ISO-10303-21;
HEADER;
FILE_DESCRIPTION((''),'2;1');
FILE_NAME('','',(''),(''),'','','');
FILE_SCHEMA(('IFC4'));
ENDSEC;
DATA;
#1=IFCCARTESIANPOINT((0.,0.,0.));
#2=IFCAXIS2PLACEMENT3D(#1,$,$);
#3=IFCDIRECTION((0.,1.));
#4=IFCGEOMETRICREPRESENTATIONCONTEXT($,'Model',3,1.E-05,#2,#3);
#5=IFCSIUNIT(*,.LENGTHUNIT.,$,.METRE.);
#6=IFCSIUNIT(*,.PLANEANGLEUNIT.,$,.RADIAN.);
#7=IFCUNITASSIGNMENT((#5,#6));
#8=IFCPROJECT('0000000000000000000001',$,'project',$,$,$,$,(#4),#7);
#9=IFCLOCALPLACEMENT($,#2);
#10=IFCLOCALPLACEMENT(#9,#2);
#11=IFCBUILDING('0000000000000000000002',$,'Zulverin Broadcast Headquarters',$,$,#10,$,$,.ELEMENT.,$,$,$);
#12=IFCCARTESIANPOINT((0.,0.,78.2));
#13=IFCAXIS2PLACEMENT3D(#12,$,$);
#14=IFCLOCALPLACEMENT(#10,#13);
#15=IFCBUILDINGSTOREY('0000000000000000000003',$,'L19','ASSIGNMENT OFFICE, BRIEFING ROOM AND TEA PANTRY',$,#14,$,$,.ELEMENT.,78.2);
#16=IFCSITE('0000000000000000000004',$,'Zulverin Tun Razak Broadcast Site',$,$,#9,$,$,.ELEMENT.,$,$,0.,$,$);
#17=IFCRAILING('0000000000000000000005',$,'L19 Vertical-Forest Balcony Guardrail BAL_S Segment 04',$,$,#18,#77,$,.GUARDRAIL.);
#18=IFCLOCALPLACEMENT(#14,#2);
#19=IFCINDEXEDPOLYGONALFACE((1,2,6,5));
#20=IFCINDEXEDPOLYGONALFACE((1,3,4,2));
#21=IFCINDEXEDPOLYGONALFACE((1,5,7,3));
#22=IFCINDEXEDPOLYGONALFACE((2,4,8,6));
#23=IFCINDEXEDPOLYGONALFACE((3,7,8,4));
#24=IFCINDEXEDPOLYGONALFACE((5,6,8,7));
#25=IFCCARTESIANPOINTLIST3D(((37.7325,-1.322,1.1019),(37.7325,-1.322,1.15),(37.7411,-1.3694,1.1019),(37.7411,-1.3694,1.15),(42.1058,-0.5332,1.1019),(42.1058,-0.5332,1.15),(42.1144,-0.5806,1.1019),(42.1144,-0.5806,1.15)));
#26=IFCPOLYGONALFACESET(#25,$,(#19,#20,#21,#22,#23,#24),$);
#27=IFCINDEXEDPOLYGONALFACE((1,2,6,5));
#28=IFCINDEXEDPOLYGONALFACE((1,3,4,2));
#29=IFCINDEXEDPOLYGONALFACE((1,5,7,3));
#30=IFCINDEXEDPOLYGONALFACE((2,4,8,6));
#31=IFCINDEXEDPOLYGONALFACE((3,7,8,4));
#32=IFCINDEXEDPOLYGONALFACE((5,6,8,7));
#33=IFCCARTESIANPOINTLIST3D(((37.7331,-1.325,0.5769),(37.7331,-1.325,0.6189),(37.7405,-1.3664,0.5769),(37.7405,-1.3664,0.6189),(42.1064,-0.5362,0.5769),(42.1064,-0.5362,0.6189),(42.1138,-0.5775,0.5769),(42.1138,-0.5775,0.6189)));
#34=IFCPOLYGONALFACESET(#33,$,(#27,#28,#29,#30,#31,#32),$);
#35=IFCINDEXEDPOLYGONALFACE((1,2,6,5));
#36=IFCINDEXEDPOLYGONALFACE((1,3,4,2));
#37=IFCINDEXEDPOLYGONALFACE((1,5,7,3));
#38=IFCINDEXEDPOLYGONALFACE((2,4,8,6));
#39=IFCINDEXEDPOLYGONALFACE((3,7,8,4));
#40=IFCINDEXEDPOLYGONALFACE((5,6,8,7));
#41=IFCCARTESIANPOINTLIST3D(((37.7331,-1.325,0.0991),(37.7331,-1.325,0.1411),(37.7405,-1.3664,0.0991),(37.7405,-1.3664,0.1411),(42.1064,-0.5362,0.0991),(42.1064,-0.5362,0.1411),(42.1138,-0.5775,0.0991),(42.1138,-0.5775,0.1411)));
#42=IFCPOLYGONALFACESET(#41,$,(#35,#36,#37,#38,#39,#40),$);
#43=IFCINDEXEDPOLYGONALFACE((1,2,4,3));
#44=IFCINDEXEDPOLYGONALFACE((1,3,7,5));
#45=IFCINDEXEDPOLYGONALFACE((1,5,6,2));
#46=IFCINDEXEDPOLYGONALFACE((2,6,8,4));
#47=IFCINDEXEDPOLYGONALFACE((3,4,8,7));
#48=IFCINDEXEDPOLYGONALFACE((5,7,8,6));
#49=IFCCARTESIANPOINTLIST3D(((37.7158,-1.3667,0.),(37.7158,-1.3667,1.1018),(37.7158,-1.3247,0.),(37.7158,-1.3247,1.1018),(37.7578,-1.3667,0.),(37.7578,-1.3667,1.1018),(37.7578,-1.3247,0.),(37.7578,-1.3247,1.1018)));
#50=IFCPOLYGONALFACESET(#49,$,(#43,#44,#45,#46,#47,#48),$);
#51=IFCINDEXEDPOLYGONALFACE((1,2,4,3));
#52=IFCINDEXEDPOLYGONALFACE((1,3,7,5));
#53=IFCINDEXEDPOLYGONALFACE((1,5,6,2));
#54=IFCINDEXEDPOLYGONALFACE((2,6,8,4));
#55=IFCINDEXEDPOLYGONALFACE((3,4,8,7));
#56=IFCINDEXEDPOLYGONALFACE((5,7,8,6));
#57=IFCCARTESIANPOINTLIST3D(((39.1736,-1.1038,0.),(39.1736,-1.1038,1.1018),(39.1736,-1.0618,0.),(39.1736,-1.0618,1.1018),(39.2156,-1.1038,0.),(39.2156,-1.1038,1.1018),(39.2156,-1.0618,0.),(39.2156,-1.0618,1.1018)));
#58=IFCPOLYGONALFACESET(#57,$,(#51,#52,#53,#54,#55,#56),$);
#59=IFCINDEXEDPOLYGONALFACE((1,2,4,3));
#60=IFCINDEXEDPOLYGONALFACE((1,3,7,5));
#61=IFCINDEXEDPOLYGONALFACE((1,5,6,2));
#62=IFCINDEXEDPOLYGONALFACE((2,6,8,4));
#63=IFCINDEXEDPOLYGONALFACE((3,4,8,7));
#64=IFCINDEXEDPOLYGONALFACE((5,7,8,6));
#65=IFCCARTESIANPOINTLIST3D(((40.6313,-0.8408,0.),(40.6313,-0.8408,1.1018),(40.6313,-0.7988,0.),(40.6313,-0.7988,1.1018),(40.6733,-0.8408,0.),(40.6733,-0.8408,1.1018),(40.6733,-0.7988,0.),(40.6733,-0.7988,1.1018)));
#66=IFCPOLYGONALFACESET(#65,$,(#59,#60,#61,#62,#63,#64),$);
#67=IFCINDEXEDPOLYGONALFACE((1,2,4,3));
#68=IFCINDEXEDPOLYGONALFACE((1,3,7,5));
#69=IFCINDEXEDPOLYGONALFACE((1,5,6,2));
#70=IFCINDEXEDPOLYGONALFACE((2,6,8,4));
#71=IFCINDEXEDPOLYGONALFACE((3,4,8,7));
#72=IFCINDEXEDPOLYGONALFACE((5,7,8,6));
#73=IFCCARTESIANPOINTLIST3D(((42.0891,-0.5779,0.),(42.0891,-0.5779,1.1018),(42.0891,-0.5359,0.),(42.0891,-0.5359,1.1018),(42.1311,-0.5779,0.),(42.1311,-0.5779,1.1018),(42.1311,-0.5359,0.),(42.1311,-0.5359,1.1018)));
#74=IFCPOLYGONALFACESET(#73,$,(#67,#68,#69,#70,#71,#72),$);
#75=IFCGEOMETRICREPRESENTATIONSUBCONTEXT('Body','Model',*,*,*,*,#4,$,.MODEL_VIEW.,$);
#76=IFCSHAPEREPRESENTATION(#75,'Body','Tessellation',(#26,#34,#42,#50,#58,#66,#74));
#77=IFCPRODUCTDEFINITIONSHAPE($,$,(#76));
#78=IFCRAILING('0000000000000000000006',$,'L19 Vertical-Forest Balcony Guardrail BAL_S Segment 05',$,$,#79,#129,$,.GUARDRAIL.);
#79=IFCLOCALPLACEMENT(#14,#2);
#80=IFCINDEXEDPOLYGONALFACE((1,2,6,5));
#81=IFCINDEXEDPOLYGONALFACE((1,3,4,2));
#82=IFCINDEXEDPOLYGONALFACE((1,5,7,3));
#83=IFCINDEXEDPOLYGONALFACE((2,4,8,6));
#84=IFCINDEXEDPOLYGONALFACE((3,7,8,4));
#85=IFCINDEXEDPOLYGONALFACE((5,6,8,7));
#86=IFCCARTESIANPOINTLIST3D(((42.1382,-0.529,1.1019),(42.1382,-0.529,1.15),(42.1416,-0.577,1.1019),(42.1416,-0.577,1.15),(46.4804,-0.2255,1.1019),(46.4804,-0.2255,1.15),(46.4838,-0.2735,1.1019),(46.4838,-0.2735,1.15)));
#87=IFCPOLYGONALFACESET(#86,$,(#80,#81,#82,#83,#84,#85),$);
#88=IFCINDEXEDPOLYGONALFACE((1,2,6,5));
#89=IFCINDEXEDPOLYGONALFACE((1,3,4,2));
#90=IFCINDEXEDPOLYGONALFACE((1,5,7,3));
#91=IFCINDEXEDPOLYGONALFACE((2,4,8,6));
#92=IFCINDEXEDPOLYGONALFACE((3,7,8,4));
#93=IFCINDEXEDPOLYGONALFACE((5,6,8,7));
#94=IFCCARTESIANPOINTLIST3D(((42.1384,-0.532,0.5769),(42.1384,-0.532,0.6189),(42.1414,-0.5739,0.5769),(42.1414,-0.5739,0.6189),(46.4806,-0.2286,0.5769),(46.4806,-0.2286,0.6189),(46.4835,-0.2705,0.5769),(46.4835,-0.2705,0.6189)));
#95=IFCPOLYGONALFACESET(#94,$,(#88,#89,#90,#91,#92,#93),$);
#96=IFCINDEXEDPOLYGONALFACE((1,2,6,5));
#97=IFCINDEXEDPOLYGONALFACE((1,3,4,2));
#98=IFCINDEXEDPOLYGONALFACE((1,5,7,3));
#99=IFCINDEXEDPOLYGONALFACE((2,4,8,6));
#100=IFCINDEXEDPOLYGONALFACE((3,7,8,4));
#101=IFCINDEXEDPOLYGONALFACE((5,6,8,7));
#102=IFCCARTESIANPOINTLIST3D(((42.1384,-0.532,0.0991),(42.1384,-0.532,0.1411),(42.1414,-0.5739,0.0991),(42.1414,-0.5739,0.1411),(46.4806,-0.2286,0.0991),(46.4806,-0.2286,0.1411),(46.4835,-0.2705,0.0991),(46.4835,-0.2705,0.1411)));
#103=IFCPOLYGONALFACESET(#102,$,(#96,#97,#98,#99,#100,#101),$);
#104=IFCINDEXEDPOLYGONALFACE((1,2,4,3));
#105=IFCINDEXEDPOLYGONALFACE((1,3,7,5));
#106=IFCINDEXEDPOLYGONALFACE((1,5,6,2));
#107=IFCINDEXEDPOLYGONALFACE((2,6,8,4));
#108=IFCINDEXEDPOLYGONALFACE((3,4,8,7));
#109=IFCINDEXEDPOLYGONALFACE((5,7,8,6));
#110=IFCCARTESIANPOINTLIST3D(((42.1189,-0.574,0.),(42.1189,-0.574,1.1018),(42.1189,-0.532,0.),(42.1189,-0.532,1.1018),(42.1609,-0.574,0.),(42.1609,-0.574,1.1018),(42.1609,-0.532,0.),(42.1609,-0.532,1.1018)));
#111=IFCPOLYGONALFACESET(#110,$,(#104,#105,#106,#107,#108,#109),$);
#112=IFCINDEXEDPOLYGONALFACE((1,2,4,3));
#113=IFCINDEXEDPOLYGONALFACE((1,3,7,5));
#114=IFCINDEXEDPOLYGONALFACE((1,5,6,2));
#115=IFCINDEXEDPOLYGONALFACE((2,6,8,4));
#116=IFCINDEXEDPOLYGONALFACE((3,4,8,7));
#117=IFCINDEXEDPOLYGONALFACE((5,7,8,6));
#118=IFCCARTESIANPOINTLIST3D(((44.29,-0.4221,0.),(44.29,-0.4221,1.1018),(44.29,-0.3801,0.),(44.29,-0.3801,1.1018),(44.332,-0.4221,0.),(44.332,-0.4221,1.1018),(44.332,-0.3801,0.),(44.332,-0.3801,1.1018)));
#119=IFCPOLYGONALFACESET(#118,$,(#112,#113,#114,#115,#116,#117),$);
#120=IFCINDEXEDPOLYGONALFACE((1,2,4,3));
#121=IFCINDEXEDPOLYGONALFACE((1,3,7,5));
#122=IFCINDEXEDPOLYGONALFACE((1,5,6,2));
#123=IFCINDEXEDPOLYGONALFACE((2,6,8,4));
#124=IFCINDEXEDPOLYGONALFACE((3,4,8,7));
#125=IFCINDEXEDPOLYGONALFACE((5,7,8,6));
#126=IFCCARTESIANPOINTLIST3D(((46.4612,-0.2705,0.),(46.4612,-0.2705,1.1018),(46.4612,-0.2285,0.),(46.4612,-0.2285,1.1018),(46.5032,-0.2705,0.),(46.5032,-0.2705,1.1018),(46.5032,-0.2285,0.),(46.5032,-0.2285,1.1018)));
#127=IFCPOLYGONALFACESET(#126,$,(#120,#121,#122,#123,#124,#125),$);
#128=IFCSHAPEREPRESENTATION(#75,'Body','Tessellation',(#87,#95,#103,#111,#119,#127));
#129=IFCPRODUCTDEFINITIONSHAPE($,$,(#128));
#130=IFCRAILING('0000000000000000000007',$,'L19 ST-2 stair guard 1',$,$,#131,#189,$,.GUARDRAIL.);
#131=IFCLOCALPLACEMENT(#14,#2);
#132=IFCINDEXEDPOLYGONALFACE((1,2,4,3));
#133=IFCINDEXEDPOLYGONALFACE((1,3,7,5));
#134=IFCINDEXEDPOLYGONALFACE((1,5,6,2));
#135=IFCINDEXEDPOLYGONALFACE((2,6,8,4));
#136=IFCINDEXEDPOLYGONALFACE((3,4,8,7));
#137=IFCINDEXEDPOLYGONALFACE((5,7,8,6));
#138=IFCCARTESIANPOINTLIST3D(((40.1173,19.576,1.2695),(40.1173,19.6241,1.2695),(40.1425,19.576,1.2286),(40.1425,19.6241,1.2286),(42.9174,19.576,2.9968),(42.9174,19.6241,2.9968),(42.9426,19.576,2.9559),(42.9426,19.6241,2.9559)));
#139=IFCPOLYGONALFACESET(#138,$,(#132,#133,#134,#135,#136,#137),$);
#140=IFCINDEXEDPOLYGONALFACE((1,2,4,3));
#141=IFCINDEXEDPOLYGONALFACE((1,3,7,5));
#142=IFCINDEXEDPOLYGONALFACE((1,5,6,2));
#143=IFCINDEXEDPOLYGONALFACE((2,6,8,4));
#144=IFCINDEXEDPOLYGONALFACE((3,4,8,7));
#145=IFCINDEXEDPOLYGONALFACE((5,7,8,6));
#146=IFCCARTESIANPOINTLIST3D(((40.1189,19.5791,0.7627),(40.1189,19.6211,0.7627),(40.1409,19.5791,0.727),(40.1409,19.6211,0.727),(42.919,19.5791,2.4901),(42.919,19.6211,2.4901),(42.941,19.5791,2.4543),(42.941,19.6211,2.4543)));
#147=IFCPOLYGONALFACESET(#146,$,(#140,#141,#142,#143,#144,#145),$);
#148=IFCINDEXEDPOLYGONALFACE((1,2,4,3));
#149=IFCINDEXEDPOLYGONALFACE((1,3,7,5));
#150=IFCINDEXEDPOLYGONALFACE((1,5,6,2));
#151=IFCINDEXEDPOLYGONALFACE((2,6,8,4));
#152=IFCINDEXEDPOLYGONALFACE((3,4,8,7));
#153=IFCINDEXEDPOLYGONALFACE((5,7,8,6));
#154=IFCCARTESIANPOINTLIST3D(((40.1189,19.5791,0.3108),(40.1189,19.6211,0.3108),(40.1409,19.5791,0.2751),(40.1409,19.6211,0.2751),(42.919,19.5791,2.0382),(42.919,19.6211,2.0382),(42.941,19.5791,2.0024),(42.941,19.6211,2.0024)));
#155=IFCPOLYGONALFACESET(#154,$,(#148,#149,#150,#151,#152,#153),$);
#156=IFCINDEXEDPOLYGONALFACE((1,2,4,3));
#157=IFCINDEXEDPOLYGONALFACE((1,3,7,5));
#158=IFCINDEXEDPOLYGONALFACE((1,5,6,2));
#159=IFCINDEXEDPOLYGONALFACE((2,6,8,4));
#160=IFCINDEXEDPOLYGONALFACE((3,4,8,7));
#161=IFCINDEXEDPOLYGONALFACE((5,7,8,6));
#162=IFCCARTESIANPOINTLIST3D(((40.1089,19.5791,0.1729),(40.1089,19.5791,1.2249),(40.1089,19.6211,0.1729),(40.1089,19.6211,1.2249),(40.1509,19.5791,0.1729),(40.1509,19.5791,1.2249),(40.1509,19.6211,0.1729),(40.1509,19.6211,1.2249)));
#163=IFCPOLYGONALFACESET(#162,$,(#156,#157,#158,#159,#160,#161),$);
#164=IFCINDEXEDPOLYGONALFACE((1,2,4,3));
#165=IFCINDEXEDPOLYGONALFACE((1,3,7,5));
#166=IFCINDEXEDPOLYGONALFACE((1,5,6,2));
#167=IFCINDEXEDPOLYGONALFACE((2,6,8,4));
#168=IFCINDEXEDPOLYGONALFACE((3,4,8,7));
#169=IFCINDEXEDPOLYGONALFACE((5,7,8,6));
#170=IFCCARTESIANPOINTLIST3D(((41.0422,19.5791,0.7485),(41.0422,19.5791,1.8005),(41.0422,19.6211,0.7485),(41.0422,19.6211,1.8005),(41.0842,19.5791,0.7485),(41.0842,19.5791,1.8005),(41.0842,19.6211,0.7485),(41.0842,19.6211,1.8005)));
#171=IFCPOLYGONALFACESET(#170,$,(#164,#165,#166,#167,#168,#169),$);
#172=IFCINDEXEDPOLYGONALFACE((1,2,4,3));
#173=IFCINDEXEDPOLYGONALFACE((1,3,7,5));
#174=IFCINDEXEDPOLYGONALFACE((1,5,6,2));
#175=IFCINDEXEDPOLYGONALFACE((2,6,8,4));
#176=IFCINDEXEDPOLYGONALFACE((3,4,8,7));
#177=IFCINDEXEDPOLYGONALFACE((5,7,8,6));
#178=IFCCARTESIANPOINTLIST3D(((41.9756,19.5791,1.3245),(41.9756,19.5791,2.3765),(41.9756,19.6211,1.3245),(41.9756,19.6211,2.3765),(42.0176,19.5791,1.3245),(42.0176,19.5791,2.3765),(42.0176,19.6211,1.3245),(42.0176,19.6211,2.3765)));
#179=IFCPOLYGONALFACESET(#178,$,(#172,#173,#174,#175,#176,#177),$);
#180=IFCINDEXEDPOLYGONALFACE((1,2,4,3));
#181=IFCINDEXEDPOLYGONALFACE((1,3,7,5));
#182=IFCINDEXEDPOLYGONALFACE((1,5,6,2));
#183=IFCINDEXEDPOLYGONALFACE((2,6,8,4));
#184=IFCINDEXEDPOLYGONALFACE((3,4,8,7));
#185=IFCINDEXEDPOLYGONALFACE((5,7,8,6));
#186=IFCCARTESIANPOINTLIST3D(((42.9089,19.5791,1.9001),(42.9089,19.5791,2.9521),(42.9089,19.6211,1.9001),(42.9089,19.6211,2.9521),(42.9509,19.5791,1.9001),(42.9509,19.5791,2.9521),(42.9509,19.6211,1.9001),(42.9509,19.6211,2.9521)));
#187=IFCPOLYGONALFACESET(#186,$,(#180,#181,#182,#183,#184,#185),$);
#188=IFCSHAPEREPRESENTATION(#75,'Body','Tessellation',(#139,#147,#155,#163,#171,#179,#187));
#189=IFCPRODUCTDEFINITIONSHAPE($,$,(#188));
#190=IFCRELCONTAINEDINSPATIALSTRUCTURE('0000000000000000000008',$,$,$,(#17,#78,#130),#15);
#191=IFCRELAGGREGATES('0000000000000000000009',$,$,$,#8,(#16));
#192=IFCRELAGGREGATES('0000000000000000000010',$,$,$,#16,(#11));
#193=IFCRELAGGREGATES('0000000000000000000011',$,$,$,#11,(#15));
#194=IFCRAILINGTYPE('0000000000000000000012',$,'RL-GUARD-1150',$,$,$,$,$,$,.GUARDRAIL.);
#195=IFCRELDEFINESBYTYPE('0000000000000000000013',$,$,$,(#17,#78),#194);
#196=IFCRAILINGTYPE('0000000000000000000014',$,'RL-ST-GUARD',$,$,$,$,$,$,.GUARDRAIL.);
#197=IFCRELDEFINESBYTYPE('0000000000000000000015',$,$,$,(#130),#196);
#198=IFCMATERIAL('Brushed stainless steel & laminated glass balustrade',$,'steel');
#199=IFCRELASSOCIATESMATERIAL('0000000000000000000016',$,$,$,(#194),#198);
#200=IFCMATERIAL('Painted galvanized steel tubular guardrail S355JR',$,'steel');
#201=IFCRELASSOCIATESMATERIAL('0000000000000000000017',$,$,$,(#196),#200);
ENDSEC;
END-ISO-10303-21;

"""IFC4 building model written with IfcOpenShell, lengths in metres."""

from ifc_helpers import new_model, si_unit, direction, frame, origin, origin_2d, place, context, subcontext, project, spatial, rectangle, extrude, material, type_object, element, save


model = new_model("IFC4")

# Units and contexts
model_context = context("Model", 3, precision=1e-05, world=origin(), true_north=direction((0.0, 1.0)))
body_context = subcontext(model_context, "Body", "Model", "MODEL_VIEW")
ifc_project = project(units=[si_unit("LENGTHUNIT", "METRE"), si_unit("PLANEANGLEUNIT", "RADIAN")], contexts=[model_context])

# Site, building, storey
site_placement = place(None, origin())
site = spatial("IfcSite", under=ifc_project, at=site_placement, Name="Zulverin Tun Razak Broadcast Site", CompositionType="ELEMENT", RefElevation=0.0)
building_placement = place(site_placement, origin())
building = spatial("IfcBuilding", under=site, at=building_placement, Name="Zulverin Broadcast Headquarters", CompositionType="ELEMENT")
storey_placement = place(building_placement, frame((0.0, 0.0, 78.2)))
storey = spatial("IfcBuildingStorey", under=building, at=storey_placement, Name="L19", Description="ASSIGNMENT OFFICE, BRIEFING ROOM AND TEA PANTRY", CompositionType="ELEMENT", Elevation=78.2)

# Railings
ifc_material_1 = material(Name="Brushed stainless steel & laminated glass balustrade", Category="steel")
railing_type_1 = type_object("IfcRailingType", Name="RL-GUARD-1150", PredefinedType="GUARDRAIL", material=ifc_material_1)
railing_1_placement = place(storey_placement, frame((37.7368, -1.3457, 0.0)))
element("IfcRailing", 1, at=railing_1_placement, inside=storey, type_object=railing_type_1, Name="L19 Vertical-Forest Balcony Guardrail BAL_S Segment 04", PredefinedType="GUARDRAIL", context=body_context, shape_type="SweptSolid", body=[
    extrude(rectangle(XDim=0.0481, YDim=0.0481, at=origin_2d()), frame((0.0, 0.0, 1.126), z_axis=(0.984119, 0.177507, 0.0), x_axis=(-0.177507, 0.984119, 0.0)), (0.0, 0.0, 1.0), 4.4438),
    extrude(rectangle(XDim=0.042, YDim=0.042, at=origin_2d()), frame((0.0, 0.0, 0.5979), z_axis=(0.984119, 0.177507, 0.0), x_axis=(-0.177507, 0.984119, 0.0)), (0.0, 0.0, 1.0), 4.4438),
    extrude(rectangle(XDim=0.042, YDim=0.042, at=origin_2d()), frame((0.0, 0.0, 0.1201), z_axis=(0.984119, 0.177507, 0.0), x_axis=(-0.177507, 0.984119, 0.0)), (0.0, 0.0, 1.0), 4.4438),
    extrude(rectangle(XDim=0.042, YDim=0.042, at=origin_2d()), origin(), (0.0, 0.0, 1.0), 1.1018),
    extrude(rectangle(XDim=0.042, YDim=0.042, at=origin_2d()), frame((1.4578, 0.2629, 0.0)), (0.0, 0.0, 1.0), 1.1018),
    extrude(rectangle(XDim=0.042, YDim=0.042, at=origin_2d()), frame((2.9155, 0.5259, 0.0)), (0.0, 0.0, 1.0), 1.1018),
    extrude(rectangle(XDim=0.042, YDim=0.042, at=origin_2d()), frame((4.3733, 0.7888, 0.0)), (0.0, 0.0, 1.0), 1.1018),
])
railing_2_placement = place(storey_placement, frame((42.1399, -0.553, 0.0)))
element("IfcRailing", 2, at=railing_2_placement, inside=storey, type_object=railing_type_1, Name="L19 Vertical-Forest Balcony Guardrail BAL_S Segment 05", PredefinedType="GUARDRAIL", context=body_context, shape_type="SweptSolid", body=[
    extrude(rectangle(XDim=0.0481, YDim=0.0481, at=origin_2d()), frame((0.0, 0.0, 1.126), z_axis=(0.997567, 0.069716, 0.0), x_axis=(-0.069716, 0.997567, 0.0)), (0.0, 0.0, 1.0), 4.3528),
    extrude(rectangle(XDim=0.042, YDim=0.042, at=origin_2d()), frame((0.0, 0.0, 0.5979), z_axis=(0.997567, 0.069716, 0.0), x_axis=(-0.069716, 0.997567, 0.0)), (0.0, 0.0, 1.0), 4.3528),
    extrude(rectangle(XDim=0.042, YDim=0.042, at=origin_2d()), frame((0.0, 0.0, 0.1201), z_axis=(0.997567, 0.069716, 0.0), x_axis=(-0.069716, 0.997567, 0.0)), (0.0, 0.0, 1.0), 4.3528),
    extrude(rectangle(XDim=0.042, YDim=0.042, at=origin_2d()), origin(), (0.0, 0.0, 1.0), 1.1018),
    extrude(rectangle(XDim=0.042, YDim=0.042, at=origin_2d()), frame((2.1711, 0.1519, 0.0)), (0.0, 0.0, 1.0), 1.1018),
    extrude(rectangle(XDim=0.042, YDim=0.042, at=origin_2d()), frame((4.3423, 0.3035, 0.0)), (0.0, 0.0, 1.0), 1.1018),
])
ifc_material_2 = material(Name="Painted galvanized steel tubular guardrail S355JR", Category="steel")
railing_type_2 = type_object("IfcRailingType", Name="RL-ST-GUARD", PredefinedType="GUARDRAIL", material=ifc_material_2)
railing_3_placement = place(storey_placement, frame((40.1299, 19.6001, 0.1729)))
element("IfcRailing", 3, at=railing_3_placement, inside=storey, type_object=railing_type_2, Name="L19 ST-2 stair guard 1", PredefinedType="GUARDRAIL", context=body_context, shape_type="SweptSolid", body=[
    extrude(rectangle(XDim=0.0481, YDim=0.0481, at=origin_2d()), frame((0.0, 0.0, 1.0762), z_axis=(0.85109, 0.0, 0.52502), x_axis=(0.0, 1.0, 0.0)), (0.0, 0.0, 1.0), 3.29),
    extrude(rectangle(XDim=0.042, YDim=0.042, at=origin_2d()), frame((0.0, 0.0, 0.572), z_axis=(0.85109, 0.0, 0.52502), x_axis=(0.0, 1.0, 0.0)), (0.0, 0.0, 1.0), 3.29),
    extrude(rectangle(XDim=0.042, YDim=0.042, at=origin_2d()), frame((0.0, 0.0, 0.1201), z_axis=(0.85109, 0.0, 0.52502), x_axis=(0.0, 1.0, 0.0)), (0.0, 0.0, 1.0), 3.29),
    extrude(rectangle(XDim=0.042, YDim=0.042, at=origin_2d()), origin(), (0.0, 0.0, 1.0), 1.052),
    extrude(rectangle(XDim=0.042, YDim=0.042, at=origin_2d()), frame((0.9333, 0.0, 0.5757)), (0.0, 0.0, 1.0), 1.052),
    extrude(rectangle(XDim=0.042, YDim=0.042, at=origin_2d()), frame((1.8667, 0.0, 1.1516)), (0.0, 0.0, 1.0), 1.052),
    extrude(rectangle(XDim=0.042, YDim=0.042, at=origin_2d()), frame((2.8, 0.0, 1.7273)), (0.0, 0.0, 1.0), 1.052),
])

save(model, "model.ifc")
